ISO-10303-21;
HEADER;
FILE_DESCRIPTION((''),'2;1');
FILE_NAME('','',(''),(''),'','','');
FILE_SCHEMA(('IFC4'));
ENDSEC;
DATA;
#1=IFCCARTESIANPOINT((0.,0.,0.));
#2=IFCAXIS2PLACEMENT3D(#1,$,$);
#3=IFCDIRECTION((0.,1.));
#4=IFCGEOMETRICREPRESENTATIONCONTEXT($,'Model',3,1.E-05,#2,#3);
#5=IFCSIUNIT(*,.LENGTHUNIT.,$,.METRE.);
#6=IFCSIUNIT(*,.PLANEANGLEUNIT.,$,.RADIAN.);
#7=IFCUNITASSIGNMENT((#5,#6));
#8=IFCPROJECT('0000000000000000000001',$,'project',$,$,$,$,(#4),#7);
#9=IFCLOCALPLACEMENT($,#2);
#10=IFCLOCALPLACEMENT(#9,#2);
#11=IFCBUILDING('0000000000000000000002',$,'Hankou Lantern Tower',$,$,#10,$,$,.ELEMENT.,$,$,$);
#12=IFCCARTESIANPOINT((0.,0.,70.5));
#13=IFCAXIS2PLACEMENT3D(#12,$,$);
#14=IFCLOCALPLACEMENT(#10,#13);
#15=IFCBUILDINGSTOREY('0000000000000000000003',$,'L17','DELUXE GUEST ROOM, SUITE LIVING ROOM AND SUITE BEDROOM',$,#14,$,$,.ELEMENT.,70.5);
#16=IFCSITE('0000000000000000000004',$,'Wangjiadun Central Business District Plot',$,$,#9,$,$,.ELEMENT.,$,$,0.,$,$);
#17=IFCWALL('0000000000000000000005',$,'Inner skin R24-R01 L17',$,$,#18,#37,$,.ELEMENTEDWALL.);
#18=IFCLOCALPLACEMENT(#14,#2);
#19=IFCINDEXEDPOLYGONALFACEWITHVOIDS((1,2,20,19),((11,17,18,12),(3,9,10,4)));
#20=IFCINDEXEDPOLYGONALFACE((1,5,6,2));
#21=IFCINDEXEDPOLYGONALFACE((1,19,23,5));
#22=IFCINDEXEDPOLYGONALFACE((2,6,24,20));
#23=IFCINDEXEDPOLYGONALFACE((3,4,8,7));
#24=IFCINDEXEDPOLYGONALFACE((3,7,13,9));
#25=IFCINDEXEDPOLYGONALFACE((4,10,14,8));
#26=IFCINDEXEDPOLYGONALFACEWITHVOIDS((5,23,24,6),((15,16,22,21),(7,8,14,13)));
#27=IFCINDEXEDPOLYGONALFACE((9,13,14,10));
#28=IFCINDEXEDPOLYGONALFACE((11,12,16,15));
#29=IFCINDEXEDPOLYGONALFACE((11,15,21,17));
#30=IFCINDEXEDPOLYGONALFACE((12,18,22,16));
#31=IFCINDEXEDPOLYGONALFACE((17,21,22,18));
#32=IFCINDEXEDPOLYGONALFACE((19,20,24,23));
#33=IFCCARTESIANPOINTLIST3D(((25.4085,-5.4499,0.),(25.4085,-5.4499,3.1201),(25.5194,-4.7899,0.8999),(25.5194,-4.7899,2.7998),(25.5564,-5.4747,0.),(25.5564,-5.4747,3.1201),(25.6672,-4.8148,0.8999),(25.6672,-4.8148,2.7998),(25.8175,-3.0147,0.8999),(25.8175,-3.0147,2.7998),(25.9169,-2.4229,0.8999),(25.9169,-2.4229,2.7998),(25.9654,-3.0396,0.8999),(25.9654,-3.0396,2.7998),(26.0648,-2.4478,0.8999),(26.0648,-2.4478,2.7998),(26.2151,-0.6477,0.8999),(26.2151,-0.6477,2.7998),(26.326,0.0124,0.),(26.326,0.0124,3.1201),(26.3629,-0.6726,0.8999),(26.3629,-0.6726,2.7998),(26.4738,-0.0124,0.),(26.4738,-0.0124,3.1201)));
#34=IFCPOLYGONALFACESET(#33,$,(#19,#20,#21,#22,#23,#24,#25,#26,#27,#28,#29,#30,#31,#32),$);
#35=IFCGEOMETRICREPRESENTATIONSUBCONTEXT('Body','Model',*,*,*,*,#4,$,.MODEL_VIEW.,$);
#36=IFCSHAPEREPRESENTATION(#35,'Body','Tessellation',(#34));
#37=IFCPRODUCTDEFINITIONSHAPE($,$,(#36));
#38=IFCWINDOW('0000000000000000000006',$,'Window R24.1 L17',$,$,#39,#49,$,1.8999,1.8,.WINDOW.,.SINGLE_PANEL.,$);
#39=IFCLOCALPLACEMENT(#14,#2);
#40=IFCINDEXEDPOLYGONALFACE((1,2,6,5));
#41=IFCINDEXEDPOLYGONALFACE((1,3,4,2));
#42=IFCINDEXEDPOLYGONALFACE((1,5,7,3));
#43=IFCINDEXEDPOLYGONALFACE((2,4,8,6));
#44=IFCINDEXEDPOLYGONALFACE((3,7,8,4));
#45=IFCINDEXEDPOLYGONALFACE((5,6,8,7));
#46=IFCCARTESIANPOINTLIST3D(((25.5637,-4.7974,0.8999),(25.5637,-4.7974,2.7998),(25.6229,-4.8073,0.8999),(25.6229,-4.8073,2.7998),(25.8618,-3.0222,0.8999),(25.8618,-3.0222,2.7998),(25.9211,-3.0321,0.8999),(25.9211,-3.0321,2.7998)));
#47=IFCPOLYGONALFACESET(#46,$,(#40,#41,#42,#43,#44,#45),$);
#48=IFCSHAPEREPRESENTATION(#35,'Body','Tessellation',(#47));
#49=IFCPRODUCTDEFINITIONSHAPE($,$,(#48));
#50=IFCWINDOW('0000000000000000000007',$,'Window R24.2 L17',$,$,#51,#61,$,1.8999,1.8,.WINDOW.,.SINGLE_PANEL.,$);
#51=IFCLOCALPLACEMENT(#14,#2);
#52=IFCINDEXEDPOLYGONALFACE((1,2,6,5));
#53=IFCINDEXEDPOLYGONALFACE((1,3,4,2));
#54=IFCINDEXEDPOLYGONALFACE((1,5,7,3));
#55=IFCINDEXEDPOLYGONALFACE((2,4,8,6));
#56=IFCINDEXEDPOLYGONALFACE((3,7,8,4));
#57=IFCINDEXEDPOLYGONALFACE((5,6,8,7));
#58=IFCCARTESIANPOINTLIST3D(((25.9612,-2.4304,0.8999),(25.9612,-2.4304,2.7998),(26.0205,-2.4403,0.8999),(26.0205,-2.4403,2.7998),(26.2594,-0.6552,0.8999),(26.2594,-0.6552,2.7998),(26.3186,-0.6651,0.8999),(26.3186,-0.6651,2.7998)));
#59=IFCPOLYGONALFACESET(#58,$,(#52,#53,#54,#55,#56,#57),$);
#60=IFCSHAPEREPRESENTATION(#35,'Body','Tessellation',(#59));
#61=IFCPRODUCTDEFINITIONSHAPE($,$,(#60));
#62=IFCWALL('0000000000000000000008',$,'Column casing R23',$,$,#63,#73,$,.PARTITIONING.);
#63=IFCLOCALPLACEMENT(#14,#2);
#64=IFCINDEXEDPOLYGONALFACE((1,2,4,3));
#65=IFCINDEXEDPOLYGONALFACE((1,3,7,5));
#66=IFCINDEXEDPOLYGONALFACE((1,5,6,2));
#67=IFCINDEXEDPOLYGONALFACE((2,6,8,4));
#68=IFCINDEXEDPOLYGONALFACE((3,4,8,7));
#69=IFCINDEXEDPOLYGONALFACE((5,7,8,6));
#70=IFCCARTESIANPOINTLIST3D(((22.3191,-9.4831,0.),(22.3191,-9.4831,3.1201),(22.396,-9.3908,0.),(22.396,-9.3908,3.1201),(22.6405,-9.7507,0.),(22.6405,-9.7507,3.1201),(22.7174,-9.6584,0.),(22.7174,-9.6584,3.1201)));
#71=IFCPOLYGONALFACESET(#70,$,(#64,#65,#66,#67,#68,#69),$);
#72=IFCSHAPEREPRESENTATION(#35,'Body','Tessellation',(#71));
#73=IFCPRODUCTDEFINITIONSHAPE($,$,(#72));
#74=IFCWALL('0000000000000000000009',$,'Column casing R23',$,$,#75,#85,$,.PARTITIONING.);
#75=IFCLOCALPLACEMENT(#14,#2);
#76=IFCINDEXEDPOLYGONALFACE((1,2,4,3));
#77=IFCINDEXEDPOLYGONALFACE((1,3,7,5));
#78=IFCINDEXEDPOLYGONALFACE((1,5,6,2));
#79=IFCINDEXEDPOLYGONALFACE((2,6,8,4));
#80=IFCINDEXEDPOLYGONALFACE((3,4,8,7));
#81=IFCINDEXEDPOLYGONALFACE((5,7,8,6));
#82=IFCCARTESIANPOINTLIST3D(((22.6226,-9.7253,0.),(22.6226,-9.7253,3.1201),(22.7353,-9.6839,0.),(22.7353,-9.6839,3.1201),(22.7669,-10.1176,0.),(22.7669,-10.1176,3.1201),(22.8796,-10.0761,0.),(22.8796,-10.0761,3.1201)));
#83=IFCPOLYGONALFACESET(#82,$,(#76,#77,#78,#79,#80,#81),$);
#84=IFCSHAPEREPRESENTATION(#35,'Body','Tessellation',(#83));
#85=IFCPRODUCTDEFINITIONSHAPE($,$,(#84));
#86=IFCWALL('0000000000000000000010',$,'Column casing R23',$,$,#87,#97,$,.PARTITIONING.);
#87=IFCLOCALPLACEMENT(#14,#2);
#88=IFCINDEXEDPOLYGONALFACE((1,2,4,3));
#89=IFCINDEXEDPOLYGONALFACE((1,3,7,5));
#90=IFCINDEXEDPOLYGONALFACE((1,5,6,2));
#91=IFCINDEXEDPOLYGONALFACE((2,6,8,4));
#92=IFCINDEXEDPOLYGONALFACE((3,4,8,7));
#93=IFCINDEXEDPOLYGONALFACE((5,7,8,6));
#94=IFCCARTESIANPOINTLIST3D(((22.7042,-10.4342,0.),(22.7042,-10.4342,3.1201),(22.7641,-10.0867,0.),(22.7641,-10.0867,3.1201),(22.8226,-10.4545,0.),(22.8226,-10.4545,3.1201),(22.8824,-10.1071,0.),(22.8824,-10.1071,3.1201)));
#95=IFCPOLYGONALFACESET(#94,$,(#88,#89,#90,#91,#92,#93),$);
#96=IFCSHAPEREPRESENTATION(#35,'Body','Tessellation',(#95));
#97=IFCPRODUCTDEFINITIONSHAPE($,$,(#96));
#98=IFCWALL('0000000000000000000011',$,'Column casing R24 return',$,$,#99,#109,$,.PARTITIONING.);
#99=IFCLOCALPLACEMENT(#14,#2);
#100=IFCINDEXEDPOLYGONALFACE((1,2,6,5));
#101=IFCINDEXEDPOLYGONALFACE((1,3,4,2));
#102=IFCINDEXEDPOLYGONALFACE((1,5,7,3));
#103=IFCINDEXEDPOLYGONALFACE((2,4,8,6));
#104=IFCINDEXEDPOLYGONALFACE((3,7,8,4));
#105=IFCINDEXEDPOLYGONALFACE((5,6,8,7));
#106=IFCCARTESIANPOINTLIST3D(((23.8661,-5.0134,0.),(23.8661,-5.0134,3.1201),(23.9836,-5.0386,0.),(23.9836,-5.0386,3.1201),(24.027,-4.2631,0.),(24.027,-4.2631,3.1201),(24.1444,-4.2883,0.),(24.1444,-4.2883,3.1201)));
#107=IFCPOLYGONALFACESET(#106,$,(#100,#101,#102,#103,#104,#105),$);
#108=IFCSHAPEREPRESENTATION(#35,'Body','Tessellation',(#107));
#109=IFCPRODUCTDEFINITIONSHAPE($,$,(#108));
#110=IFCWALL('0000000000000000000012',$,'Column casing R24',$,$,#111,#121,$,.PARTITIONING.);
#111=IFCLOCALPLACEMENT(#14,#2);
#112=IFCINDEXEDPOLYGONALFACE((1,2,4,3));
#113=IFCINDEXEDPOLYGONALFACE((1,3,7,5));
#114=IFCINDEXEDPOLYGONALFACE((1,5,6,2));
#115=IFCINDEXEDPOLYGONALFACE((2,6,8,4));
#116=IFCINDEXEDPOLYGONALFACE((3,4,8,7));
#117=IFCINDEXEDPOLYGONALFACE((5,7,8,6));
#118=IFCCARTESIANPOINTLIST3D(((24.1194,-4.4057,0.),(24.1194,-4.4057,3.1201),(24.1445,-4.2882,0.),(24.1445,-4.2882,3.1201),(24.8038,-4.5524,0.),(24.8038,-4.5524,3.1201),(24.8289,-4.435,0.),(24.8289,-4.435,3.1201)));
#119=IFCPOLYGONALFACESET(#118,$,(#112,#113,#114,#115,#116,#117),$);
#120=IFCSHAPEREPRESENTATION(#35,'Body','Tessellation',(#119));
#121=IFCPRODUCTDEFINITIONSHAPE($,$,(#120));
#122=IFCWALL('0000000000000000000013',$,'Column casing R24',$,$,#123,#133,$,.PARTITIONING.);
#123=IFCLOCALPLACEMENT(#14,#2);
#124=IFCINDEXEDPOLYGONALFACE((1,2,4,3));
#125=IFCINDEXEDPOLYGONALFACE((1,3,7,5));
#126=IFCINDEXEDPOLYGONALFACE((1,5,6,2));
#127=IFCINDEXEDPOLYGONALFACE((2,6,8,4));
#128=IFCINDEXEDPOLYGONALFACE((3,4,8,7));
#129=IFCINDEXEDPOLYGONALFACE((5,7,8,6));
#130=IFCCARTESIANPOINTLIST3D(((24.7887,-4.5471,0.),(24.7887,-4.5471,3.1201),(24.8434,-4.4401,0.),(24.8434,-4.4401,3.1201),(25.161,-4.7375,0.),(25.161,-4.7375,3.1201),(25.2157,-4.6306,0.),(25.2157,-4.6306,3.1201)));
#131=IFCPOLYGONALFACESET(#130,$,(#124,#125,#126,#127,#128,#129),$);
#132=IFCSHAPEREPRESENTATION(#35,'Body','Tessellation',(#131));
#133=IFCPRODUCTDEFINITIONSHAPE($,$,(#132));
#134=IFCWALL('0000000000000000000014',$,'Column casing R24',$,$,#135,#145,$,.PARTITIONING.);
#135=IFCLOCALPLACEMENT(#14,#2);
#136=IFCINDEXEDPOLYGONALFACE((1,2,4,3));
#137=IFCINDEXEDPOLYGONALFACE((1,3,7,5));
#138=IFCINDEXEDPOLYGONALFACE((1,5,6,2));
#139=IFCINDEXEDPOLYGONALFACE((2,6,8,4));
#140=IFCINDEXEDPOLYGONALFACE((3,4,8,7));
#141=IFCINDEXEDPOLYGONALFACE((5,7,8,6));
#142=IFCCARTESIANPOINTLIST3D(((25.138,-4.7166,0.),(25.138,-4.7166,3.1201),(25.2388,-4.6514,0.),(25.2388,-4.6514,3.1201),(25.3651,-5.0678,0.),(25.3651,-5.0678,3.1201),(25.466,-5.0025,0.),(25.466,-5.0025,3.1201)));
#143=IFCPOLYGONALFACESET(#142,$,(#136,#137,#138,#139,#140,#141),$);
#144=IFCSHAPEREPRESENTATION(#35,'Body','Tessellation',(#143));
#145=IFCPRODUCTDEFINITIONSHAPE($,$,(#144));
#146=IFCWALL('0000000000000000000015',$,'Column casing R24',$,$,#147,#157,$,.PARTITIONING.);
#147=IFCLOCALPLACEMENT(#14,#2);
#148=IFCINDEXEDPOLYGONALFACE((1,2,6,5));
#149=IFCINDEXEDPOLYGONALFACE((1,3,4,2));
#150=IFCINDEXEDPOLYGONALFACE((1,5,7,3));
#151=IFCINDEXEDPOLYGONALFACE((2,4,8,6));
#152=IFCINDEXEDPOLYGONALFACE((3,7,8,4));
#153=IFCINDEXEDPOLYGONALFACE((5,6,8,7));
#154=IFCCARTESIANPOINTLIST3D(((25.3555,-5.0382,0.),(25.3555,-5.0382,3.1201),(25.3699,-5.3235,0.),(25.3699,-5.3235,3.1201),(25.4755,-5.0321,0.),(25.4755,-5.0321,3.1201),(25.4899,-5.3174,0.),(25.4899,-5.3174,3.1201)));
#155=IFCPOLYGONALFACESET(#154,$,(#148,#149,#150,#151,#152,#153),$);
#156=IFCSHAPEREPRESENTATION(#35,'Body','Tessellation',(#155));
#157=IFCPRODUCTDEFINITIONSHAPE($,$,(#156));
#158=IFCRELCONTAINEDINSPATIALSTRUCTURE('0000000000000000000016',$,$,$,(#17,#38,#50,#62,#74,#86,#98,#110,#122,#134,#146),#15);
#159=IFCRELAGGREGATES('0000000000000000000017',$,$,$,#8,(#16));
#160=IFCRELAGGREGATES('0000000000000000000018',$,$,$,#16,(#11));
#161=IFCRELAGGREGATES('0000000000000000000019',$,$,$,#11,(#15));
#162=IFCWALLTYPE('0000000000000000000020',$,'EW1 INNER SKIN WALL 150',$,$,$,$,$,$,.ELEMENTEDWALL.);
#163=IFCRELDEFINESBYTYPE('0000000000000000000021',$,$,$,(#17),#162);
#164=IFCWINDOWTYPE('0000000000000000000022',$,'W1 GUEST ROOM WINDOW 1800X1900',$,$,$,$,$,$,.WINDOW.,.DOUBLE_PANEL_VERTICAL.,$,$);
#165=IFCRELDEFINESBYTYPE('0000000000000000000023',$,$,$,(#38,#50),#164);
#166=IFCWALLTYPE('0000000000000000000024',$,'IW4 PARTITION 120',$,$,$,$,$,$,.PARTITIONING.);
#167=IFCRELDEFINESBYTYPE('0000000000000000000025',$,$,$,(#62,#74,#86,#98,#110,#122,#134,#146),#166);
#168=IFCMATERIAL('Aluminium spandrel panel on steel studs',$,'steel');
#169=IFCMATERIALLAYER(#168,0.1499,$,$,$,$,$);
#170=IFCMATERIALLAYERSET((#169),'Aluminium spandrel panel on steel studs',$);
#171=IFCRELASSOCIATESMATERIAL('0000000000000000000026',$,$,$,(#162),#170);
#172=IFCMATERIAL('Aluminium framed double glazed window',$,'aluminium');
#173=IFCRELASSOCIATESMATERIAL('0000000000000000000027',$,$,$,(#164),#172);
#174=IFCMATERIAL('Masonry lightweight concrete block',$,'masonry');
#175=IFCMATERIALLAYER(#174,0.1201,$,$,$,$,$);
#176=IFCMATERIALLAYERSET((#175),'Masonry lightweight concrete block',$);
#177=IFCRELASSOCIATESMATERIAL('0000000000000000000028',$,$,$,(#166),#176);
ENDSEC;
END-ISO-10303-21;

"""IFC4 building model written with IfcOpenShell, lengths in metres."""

from ifc_helpers import new_model, si_unit, direction, frame, frame_2d, origin, place, context, subcontext, project, spatial, rectangle, extrude, material, layer, layer_set, type_object, element, fill, save


model = new_model("IFC4")

# Units and contexts
model_context = context("Model", 3, precision=1e-05, world=origin(), true_north=direction((0.0, 1.0)))
body_context = subcontext(model_context, "Body", "Model", "MODEL_VIEW")
ifc_project = project(units=[si_unit("LENGTHUNIT", "METRE"), si_unit("PLANEANGLEUNIT", "RADIAN")], contexts=[model_context])

# Site, building, storey
site_placement = place(None, origin())
site = spatial("IfcSite", under=ifc_project, at=site_placement, Name="Wangjiadun Central Business District Plot", CompositionType="ELEMENT", RefElevation=0.0)
building_placement = place(site_placement, origin())
building = spatial("IfcBuilding", under=site, at=building_placement, Name="Hankou Lantern Tower", CompositionType="ELEMENT")
storey_placement = place(building_placement, frame((0.0, 0.0, 70.5)))
storey = spatial("IfcBuildingStorey", under=building, at=storey_placement, Name="L17", Description="DELUXE GUEST ROOM, SUITE LIVING ROOM AND SUITE BEDROOM", CompositionType="ELEMENT", Elevation=70.5)

# Wall, openings, windows
ifc_material_1 = material(Name="Aluminium spandrel panel on steel studs", Category="steel")
ifc_layer_1 = layer(ifc_material_1, 0.1499)
ifc_layer_set_1 = layer_set([ifc_layer_1], Name="Aluminium spandrel panel on steel studs")
wall_type_1 = type_object("IfcWallType", Name="EW1 INNER SKIN WALL 150", PredefinedType="ELEMENTEDWALL", material=ifc_layer_set_1)
wall_1_placement = place(storey_placement, frame((25.4824, -5.4624, 0.0), z_axis=(0.0, 0.0, 1.0), x_axis=(0.165643, 0.986186, 0.0)))
wall_1 = element("IfcWall", 1, at=wall_1_placement, inside=storey, type_object=wall_type_1, Name="Inner skin R24-R01 L17", PredefinedType="ELEMENTEDWALL", context=body_context, shape_type="SweptSolid", body=[
    extrude(rectangle(XDim=5.5388, YDim=0.1499, at=frame_2d((2.7695, 0.0))), origin(), (0.0, 0.0, 1.0), 3.1201),
])
opening_1_placement = place(wall_1_placement, frame((0.6694, 0.0, 0.8999)))
opening_1 = element("IfcOpeningElement", 2, at=opening_1_placement, cuts=wall_1, PredefinedType="OPENING", context=body_context, shape_type="SweptSolid", body=[
    extrude(rectangle(XDim=1.8, YDim=1.8999, at=frame_2d((0.8999, 0.95))), frame((0.0, 0.085, 0.0), z_axis=(0.0, -1.0, 0.0), x_axis=(1.0, 0.0, 0.0)), (0.0, 0.0, 1.0), 0.1699),
])
opening_2_placement = place(wall_1_placement, frame((3.0696, 0.0, 0.8999)))
opening_2 = element("IfcOpeningElement", 3, at=opening_2_placement, cuts=wall_1, PredefinedType="OPENING", context=body_context, shape_type="SweptSolid", body=[
    extrude(rectangle(XDim=1.8, YDim=1.8999, at=frame_2d((0.8999, 0.95))), frame((0.0, 0.085, 0.0), z_axis=(0.0, -1.0, 0.0), x_axis=(1.0, 0.0, 0.0)), (0.0, 0.0, 1.0), 0.1699),
])
ifc_material_2 = material(Name="Aluminium framed double glazed window", Category="aluminium")
window_type = type_object("IfcWindowType", Name="W1 GUEST ROOM WINDOW 1800X1900", PartitioningType="DOUBLE_PANEL_VERTICAL", PredefinedType="WINDOW", material=ifc_material_2)
window_1_placement = place(opening_1_placement, origin())
window_1 = element("IfcWindow", 4, at=window_1_placement, inside=storey, type_object=window_type, Name="Window R24.1 L17", OverallHeight=1.8999, OverallWidth=1.8, PartitioningType="SINGLE_PANEL", PredefinedType="WINDOW", context=body_context, shape_type="SweptSolid", body=[
    extrude(rectangle(XDim=1.8, YDim=1.8999, at=frame_2d((0.8999, 0.95))), frame((0.0, 0.03, 0.0), z_axis=(0.0, -1.0, 0.0), x_axis=(1.0, 0.0, 0.0)), (0.0, 0.0, 1.0), 0.0601),
])
fill(opening_1, window_1)
window_2_placement = place(opening_2_placement, origin())
window_2 = element("IfcWindow", 5, at=window_2_placement, inside=storey, type_object=window_type, Name="Window R24.2 L17", OverallHeight=1.8999, OverallWidth=1.8, PartitioningType="SINGLE_PANEL", PredefinedType="WINDOW", context=body_context, shape_type="SweptSolid", body=[
    extrude(rectangle(XDim=1.8, YDim=1.8999, at=frame_2d((0.8999, 0.95))), frame((0.0, 0.03, 0.0), z_axis=(0.0, -1.0, 0.0), x_axis=(1.0, 0.0, 0.0)), (0.0, 0.0, 1.0), 0.0601),
])
fill(opening_2, window_2)

# Walls
ifc_material_3 = material(Name="Masonry lightweight concrete block", Category="masonry")
ifc_layer_2 = layer(ifc_material_3, 0.1201)
ifc_layer_set_2 = layer_set([ifc_layer_2], Name="Masonry lightweight concrete block")
wall_type_2 = type_object("IfcWallType", Name="IW4 PARTITION 120", PredefinedType="PARTITIONING", material=ifc_layer_set_2)
wall_2_placement = place(storey_placement, frame((22.3577, -9.437, 0.0), z_axis=(0.0, 0.0, 1.0), x_axis=(0.768413, -0.639955, 0.0)))
element("IfcWall", 6, at=wall_2_placement, inside=storey, type_object=wall_type_2, Name="Column casing R23", PredefinedType="PARTITIONING", context=body_context, shape_type="SweptSolid", body=[
    extrude(rectangle(XDim=0.4182, YDim=0.1201, at=frame_2d((0.209, 0.0))), origin(), (0.0, 0.0, 1.0), 3.1201),
])
wall_3_placement = place(storey_placement, frame((22.679, -9.7046, 0.0), z_axis=(0.0, 0.0, 1.0), x_axis=(0.345164, -0.938542, 0.0)))
element("IfcWall", 7, at=wall_3_placement, inside=storey, type_object=wall_type_2, Name="Column casing R23", PredefinedType="PARTITIONING", context=body_context, shape_type="SweptSolid", body=[
    extrude(rectangle(XDim=0.418, YDim=0.1201, at=frame_2d((0.209, 0.0))), origin(), (0.0, 0.0, 1.0), 3.1201),
])
wall_4_placement = place(storey_placement, frame((22.8232, -10.0969, 0.0), z_axis=(0.0, 0.0, 1.0), x_axis=(-0.169675, -0.9855, 0.0)))
element("IfcWall", 8, at=wall_4_placement, inside=storey, type_object=wall_type_2, Name="Column casing R23", PredefinedType="PARTITIONING", context=body_context, shape_type="SweptSolid", body=[
    extrude(rectangle(XDim=0.3525, YDim=0.1201, at=frame_2d((0.1763, 0.0))), origin(), (0.0, 0.0, 1.0), 3.1201),
])
wall_5_placement = place(storey_placement, frame((23.9248, -5.0261, 0.0), z_axis=(0.0, 0.0, 1.0), x_axis=(0.209681, 0.97777, 0.0)))
element("IfcWall", 9, at=wall_5_placement, inside=storey, type_object=wall_type_2, Name="Column casing R24 return", PredefinedType="PARTITIONING", context=body_context, shape_type="SweptSolid", body=[
    extrude(rectangle(XDim=0.7673, YDim=0.1201, at=frame_2d((0.3838, 0.0))), origin(), (0.0, 0.0, 1.0), 3.1201),
])
wall_6_placement = place(storey_placement, frame((24.1318, -4.3469, 0.0), z_axis=(0.0, 0.0, 1.0), x_axis=(0.977777, -0.209648, 0.0)))
element("IfcWall", 10, at=wall_6_placement, inside=storey, type_object=wall_type_2, Name="Column casing R24", PredefinedType="PARTITIONING", context=body_context, shape_type="SweptSolid", body=[
    extrude(rectangle(XDim=0.7, YDim=0.1201, at=frame_2d((0.3501, 0.0))), origin(), (0.0, 0.0, 1.0), 3.1201),
])
for number, where, z_axis, x_axis, name in (
    (11, (24.8162, -4.4937, 0.0), (0.0, 0.0, 1.0), (0.890303, -0.455368, 0.0), "Column casing R24"),
    (12, (25.1885, -4.6841, 0.0), (0.0, 0.0, 1.0), (0.543058, -0.839695, 0.0), "Column casing R24"),
):
    element("IfcWall", number, at=place(storey_placement, frame(where, z_axis=z_axis, x_axis=x_axis)), inside=storey, type_object=wall_type_2, Name=name, PredefinedType="PARTITIONING", context=body_context, shape_type="SweptSolid", body=[
        extrude(rectangle(XDim=0.4182, YDim=0.1201, at=frame_2d((0.209, 0.0))), origin(), (0.0, 0.0, 1.0), 3.1201),
    ])
wall_7_placement = place(storey_placement, frame((25.4155, -5.0352, 0.0), z_axis=(0.0, 0.0, 1.0), x_axis=(0.050406, -0.998729, 0.0)))
element("IfcWall", 13, at=wall_7_placement, inside=storey, type_object=wall_type_2, Name="Column casing R24", PredefinedType="PARTITIONING", context=body_context, shape_type="SweptSolid", body=[
    extrude(rectangle(XDim=0.2856, YDim=0.1201, at=frame_2d((0.1428, 0.0))), origin(), (0.0, 0.0, 1.0), 3.1201),
])

save(model, "model.ifc")
